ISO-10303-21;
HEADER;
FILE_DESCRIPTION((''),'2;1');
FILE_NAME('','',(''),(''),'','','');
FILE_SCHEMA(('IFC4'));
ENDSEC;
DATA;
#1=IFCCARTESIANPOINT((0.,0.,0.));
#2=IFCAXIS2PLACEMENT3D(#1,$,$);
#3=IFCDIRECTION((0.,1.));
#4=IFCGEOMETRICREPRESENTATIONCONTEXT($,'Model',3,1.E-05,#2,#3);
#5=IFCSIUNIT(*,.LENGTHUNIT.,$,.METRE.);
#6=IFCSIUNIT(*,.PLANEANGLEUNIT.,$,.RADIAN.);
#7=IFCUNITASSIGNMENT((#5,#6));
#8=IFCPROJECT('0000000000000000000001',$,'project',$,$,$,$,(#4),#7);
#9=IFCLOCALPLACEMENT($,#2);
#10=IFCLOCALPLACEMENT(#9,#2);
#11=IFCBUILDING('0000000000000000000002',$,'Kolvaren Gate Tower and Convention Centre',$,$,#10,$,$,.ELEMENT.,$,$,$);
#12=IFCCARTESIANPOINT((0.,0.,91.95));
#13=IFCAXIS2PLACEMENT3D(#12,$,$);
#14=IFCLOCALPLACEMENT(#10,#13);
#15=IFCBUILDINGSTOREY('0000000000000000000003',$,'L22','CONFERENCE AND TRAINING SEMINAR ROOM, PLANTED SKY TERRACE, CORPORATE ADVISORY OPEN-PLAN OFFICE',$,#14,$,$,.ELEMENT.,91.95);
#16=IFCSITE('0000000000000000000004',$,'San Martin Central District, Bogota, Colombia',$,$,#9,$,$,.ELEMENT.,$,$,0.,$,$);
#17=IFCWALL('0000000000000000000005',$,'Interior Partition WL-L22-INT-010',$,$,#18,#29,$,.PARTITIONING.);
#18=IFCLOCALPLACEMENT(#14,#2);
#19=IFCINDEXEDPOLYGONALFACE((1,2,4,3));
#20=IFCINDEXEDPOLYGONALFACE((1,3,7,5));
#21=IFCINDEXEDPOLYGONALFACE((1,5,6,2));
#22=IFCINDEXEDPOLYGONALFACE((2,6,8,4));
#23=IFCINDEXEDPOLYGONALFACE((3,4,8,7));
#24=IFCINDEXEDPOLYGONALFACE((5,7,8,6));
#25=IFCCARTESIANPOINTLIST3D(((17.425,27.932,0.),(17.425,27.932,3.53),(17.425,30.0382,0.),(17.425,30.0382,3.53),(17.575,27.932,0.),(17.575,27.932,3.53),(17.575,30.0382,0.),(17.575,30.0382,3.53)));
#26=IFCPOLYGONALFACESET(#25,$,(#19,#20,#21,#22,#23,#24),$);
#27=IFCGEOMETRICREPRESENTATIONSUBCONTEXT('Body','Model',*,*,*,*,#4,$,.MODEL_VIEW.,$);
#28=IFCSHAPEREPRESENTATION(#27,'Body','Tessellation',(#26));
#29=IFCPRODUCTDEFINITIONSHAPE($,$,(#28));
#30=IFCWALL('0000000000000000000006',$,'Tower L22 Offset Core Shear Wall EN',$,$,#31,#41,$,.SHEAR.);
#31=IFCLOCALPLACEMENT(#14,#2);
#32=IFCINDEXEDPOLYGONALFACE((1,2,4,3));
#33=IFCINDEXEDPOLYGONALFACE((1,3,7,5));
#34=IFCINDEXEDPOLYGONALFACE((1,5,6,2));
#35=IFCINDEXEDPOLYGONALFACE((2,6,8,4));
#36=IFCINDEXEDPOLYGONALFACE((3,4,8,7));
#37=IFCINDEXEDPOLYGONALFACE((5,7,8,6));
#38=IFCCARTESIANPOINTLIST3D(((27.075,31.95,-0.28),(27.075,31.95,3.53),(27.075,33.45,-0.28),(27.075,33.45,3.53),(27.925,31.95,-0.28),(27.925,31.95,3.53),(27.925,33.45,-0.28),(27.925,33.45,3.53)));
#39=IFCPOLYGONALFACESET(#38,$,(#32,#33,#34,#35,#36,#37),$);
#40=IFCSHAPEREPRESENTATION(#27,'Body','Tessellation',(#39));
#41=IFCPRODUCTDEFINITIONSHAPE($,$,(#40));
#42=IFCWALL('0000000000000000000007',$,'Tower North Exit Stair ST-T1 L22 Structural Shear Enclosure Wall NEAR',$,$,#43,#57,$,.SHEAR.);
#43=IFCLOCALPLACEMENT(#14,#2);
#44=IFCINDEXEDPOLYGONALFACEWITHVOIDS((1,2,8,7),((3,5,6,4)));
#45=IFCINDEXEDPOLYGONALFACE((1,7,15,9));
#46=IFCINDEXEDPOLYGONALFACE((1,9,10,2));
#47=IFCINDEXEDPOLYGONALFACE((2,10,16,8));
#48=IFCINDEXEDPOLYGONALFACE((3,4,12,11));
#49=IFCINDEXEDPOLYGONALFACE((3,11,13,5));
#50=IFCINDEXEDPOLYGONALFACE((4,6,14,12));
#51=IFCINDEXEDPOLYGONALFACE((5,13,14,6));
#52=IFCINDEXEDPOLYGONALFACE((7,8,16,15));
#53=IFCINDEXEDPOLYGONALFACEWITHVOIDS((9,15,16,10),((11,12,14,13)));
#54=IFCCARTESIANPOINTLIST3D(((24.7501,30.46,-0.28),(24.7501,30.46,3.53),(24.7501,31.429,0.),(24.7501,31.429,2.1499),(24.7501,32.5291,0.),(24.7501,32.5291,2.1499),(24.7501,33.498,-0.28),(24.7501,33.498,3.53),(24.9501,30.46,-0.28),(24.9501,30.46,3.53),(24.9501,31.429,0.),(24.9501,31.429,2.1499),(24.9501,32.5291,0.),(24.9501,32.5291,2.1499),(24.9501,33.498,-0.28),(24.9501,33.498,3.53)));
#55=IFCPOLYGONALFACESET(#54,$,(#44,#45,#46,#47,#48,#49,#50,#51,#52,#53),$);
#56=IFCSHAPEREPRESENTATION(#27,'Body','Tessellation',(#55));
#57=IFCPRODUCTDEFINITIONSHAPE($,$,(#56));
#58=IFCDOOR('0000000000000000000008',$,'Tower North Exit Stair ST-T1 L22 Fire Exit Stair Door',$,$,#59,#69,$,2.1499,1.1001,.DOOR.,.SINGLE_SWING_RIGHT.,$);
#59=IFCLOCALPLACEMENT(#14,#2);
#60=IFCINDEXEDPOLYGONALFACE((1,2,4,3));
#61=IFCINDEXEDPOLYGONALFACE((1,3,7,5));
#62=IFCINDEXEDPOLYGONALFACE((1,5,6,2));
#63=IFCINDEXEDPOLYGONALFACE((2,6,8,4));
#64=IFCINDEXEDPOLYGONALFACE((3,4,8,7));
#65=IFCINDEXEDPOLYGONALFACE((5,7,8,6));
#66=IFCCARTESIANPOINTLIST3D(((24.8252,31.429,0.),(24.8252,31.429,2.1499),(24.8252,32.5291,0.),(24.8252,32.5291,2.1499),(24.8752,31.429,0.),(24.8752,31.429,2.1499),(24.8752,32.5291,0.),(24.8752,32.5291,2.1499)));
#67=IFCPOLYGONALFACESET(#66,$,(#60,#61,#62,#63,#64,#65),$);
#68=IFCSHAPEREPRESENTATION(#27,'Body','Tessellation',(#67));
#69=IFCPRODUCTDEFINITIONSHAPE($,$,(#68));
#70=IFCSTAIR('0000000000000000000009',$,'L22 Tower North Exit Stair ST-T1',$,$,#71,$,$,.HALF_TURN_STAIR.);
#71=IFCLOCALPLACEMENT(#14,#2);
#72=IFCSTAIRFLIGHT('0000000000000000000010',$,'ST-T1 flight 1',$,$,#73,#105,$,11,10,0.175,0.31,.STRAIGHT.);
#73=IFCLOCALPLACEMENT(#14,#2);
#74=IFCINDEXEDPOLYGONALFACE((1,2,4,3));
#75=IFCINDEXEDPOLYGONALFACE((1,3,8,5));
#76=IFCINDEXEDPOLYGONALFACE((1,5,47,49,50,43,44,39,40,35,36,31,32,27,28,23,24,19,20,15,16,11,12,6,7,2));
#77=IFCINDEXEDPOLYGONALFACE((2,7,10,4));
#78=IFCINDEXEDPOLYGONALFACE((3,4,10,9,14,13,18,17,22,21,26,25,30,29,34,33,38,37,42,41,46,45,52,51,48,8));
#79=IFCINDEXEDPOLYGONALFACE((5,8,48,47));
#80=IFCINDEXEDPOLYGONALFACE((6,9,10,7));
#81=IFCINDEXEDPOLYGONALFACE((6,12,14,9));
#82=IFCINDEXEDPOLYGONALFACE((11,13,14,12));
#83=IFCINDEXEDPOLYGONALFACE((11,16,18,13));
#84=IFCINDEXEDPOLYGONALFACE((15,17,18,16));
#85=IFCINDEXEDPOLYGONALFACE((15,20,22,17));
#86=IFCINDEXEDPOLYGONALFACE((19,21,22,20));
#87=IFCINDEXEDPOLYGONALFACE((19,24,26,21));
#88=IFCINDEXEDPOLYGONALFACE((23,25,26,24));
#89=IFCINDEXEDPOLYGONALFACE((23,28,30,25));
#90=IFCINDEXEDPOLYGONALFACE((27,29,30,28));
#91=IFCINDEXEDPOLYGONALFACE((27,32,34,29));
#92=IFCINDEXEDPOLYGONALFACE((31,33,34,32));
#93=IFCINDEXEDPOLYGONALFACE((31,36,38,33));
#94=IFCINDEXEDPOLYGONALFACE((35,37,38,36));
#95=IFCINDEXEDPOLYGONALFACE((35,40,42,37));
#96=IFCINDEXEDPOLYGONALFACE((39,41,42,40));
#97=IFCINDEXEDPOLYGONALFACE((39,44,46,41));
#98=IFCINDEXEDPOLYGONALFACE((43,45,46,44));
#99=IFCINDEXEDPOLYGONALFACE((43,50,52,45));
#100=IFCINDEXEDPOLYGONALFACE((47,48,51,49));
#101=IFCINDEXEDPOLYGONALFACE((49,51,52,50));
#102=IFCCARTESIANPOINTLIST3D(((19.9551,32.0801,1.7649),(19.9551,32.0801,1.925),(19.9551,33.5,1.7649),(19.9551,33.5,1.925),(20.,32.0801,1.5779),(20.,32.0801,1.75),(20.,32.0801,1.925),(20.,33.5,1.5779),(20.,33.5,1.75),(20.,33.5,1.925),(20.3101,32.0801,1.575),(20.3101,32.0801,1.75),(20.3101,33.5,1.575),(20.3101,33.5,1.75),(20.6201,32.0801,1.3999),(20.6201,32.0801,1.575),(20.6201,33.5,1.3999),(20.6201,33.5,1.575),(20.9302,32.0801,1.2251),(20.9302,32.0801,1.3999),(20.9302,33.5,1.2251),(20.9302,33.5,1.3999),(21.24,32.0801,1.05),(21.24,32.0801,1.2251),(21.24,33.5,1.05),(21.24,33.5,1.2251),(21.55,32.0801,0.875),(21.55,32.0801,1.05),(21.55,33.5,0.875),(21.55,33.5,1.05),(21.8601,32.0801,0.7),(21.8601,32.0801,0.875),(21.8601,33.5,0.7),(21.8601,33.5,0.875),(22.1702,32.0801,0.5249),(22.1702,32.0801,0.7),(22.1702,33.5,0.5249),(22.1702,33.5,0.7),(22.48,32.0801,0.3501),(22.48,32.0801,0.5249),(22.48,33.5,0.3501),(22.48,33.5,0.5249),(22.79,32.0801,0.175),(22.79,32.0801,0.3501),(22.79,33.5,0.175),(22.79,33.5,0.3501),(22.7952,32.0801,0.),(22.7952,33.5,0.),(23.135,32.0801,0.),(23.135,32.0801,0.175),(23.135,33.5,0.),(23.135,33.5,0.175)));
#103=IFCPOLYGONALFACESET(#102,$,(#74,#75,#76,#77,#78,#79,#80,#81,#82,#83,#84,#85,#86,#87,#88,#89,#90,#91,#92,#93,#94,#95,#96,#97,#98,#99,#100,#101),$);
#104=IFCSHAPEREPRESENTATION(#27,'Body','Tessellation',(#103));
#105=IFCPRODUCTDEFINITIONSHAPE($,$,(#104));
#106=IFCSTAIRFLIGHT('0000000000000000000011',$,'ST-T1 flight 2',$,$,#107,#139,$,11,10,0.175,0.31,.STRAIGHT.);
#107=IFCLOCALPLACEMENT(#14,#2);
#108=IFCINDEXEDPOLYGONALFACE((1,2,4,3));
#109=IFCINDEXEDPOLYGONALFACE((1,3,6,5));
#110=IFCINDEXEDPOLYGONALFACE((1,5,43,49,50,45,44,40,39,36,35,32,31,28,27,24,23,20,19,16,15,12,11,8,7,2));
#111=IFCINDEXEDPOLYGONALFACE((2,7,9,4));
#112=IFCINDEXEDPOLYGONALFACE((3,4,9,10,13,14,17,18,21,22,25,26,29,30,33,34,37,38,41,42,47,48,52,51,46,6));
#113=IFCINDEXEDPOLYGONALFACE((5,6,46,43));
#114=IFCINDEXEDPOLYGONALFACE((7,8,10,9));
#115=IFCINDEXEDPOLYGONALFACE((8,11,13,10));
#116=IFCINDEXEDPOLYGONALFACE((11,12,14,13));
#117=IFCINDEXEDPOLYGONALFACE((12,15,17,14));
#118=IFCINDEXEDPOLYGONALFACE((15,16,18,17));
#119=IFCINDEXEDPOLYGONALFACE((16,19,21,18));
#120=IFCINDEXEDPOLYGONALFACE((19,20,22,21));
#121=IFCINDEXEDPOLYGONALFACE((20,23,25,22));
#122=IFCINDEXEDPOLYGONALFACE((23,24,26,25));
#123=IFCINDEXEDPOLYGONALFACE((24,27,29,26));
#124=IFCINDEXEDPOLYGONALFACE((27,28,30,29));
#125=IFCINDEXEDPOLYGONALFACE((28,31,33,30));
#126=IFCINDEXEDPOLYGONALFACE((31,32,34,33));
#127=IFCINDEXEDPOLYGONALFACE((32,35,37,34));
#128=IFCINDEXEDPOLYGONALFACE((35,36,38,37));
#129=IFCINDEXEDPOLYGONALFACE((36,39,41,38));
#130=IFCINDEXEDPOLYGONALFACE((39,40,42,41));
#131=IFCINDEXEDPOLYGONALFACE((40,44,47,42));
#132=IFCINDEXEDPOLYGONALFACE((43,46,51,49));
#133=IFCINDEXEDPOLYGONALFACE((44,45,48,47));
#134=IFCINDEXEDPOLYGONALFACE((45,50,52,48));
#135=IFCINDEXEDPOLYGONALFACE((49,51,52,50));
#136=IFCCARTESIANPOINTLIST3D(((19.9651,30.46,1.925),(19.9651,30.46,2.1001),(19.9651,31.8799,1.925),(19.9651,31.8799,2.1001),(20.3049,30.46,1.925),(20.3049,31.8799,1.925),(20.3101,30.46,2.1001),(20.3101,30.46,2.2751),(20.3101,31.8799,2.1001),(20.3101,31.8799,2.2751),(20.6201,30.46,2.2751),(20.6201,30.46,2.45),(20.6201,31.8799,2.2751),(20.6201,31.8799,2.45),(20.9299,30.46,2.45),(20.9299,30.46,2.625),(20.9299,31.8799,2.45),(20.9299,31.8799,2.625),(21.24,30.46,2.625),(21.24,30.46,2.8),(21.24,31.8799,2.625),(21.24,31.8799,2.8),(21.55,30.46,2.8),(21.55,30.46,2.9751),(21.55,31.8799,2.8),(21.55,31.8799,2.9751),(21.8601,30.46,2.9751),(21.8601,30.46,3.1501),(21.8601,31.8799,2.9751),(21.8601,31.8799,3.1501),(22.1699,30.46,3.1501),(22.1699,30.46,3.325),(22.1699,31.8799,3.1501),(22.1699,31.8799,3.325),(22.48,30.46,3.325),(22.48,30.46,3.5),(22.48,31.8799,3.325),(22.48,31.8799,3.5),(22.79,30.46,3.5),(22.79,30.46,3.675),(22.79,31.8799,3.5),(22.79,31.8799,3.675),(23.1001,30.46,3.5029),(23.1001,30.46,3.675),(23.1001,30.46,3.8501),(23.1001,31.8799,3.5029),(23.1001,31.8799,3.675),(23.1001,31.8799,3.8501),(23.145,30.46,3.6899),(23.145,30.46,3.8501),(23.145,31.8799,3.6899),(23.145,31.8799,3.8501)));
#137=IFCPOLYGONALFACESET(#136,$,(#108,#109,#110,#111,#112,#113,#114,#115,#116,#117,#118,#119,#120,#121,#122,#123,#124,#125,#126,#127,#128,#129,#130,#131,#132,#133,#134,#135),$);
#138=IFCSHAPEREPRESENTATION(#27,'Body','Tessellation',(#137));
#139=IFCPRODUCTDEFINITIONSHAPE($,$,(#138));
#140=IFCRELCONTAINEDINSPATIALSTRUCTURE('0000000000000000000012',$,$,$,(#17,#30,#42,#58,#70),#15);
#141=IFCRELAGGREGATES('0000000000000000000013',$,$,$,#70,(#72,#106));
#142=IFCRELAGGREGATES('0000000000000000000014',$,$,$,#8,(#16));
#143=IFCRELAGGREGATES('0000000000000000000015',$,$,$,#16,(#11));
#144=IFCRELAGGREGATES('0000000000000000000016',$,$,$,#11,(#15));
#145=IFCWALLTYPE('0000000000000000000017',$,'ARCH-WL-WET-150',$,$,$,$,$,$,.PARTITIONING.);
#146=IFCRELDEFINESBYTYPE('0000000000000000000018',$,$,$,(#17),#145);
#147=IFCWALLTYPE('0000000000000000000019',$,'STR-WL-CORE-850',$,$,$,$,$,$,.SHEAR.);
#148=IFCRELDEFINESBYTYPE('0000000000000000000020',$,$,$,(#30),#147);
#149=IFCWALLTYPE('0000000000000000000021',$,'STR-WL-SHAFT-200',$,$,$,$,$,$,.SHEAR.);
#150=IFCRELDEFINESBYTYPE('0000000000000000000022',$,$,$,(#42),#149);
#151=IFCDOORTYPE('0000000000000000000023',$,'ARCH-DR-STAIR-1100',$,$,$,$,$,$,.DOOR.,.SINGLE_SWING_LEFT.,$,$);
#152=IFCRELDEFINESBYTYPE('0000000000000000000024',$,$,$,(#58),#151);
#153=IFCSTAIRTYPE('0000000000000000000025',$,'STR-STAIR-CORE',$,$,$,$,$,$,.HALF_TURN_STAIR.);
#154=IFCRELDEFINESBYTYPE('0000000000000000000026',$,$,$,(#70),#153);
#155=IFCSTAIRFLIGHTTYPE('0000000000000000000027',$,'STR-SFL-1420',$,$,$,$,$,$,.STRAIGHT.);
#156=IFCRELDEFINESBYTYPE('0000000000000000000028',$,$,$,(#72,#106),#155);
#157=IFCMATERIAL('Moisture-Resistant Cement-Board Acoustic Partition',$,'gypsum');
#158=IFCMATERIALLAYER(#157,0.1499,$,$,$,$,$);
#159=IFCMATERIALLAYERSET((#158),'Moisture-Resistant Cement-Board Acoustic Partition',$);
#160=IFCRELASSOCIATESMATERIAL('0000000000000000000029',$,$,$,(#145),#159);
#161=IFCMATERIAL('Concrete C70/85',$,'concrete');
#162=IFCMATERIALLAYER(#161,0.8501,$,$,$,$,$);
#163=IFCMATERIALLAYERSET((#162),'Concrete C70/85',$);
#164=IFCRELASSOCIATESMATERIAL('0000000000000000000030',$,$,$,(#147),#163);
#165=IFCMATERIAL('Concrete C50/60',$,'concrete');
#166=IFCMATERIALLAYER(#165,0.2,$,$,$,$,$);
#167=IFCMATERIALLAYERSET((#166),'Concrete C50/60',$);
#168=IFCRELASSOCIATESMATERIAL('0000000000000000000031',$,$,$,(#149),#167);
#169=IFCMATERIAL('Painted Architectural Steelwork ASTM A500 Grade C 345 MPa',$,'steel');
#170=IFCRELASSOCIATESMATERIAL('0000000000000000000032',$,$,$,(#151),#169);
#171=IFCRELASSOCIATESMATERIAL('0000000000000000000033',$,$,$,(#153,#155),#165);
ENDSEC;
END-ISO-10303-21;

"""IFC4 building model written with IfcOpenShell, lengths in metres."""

from ifc_helpers import new_model, si_unit, direction, frame, frame_2d, origin, place, context, subcontext, project, spatial, polyline, rectangle, outline, extrude, material, layer, layer_set, type_object, element, fill, aggregate, save


model = new_model("IFC4")

# Units and contexts
model_context = context("Model", 3, precision=1e-05, world=origin(), true_north=direction((0.0, 1.0)))
body_context = subcontext(model_context, "Body", "Model", "MODEL_VIEW")
ifc_project = project(units=[si_unit("LENGTHUNIT", "METRE"), si_unit("PLANEANGLEUNIT", "RADIAN")], contexts=[model_context])

# Site, building, storey
site_placement = place(None, origin())
site = spatial("IfcSite", under=ifc_project, at=site_placement, Name="San Martin Central District, Bogota, Colombia", CompositionType="ELEMENT", RefElevation=0.0)
building_placement = place(site_placement, origin())
building = spatial("IfcBuilding", under=site, at=building_placement, Name="Kolvaren Gate Tower and Convention Centre", CompositionType="ELEMENT")
storey_placement = place(building_placement, frame((0.0, 0.0, 91.95)))
storey = spatial("IfcBuildingStorey", under=building, at=storey_placement, Name="L22", Description="CONFERENCE AND TRAINING SEMINAR ROOM, PLANTED SKY TERRACE, CORPORATE ADVISORY OPEN-PLAN OFFICE", CompositionType="ELEMENT", Elevation=91.95)

# Shared definitions
ifc_material_1 = material(Name="Painted Architectural Steelwork ASTM A500 Grade C 345 MPa", Category="steel")

# Walls
ifc_material_2 = material(Name="Moisture-Resistant Cement-Board Acoustic Partition", Category="gypsum")
ifc_layer_1 = layer(ifc_material_2, 0.1499)
ifc_layer_set_1 = layer_set([ifc_layer_1], Name="Moisture-Resistant Cement-Board Acoustic Partition")
wall_type_1 = type_object("IfcWallType", Name="ARCH-WL-WET-150", PredefinedType="PARTITIONING", material=ifc_layer_set_1)
wall_1_placement = place(storey_placement, frame((17.5, 27.9319, 0.0), z_axis=(0.0, 0.0, 1.0), x_axis=(0.0, 1.0, 0.0)))
element("IfcWall", 1, at=wall_1_placement, inside=storey, type_object=wall_type_1, Name="Interior Partition WL-L22-INT-010", PredefinedType="PARTITIONING", context=body_context, shape_type="SweptSolid", body=[
    extrude(rectangle(XDim=2.1062, YDim=0.1499, at=frame_2d((1.0532, 0.0))), origin(), (0.0, 0.0, 1.0), 3.53),
])
ifc_material_3 = material(Name="Concrete C70/85", Category="concrete")
ifc_layer_2 = layer(ifc_material_3, 0.8501)
ifc_layer_set_2 = layer_set([ifc_layer_2], Name="Concrete C70/85")
wall_type_2 = type_object("IfcWallType", Name="STR-WL-CORE-850", PredefinedType="SHEAR", material=ifc_layer_set_2)
wall_2_placement = place(storey_placement, frame((27.5, 31.95, -0.28), z_axis=(0.0, 0.0, 1.0), x_axis=(0.0, 1.0, 0.0)))
element("IfcWall", 2, at=wall_2_placement, inside=storey, type_object=wall_type_2, Name="Tower L22 Offset Core Shear Wall EN", PredefinedType="SHEAR", context=body_context, shape_type="SweptSolid", body=[
    extrude(rectangle(XDim=1.5, YDim=0.8501, at=frame_2d((0.75, 0.0))), origin(), (0.0, 0.0, 1.0), 3.8101),
])

# Wall, opening, door
ifc_material_4 = material(Name="Concrete C50/60", Category="concrete")
ifc_layer_3 = layer(ifc_material_4, 0.2)
ifc_layer_set_3 = layer_set([ifc_layer_3], Name="Concrete C50/60")
wall_type_3 = type_object("IfcWallType", Name="STR-WL-SHAFT-200", PredefinedType="SHEAR", material=ifc_layer_set_3)
wall_3_placement = place(storey_placement, frame((24.8501, 30.46, -0.28), z_axis=(0.0, 0.0, 1.0), x_axis=(0.0, 1.0, 0.0)))
wall_3 = element("IfcWall", 3, at=wall_3_placement, inside=storey, type_object=wall_type_3, Name="Tower North Exit Stair ST-T1 L22 Structural Shear Enclosure Wall NEAR", PredefinedType="SHEAR", context=body_context, shape_type="SweptSolid", body=[
    extrude(rectangle(XDim=3.0381, YDim=0.2, at=frame_2d((1.519, 0.0))), origin(), (0.0, 0.0, 1.0), 3.8101),
])
opening_1_placement = place(wall_3_placement, frame((0.969, 0.0, 0.28)))
opening_1 = element("IfcOpeningElement", 4, at=opening_1_placement, cuts=wall_3, PredefinedType="OPENING", context=body_context, shape_type="SweptSolid", body=[
    extrude(rectangle(XDim=1.1001, YDim=2.1499, at=frame_2d((0.55, 1.075))), frame((0.0, 0.1099, 0.0), z_axis=(0.0, -1.0, 0.0), x_axis=(1.0, 0.0, 0.0)), (0.0, 0.0, 1.0), 0.22),
])
door_type_1 = type_object("IfcDoorType", Name="ARCH-DR-STAIR-1100", OperationType="SINGLE_SWING_LEFT", PredefinedType="DOOR", material=ifc_material_1)
door_1_placement = place(opening_1_placement, origin())
door_1 = element("IfcDoor", 5, at=door_1_placement, inside=storey, type_object=door_type_1, Name="Tower North Exit Stair ST-T1 L22 Fire Exit Stair Door", OperationType="SINGLE_SWING_RIGHT", OverallHeight=2.1499, OverallWidth=1.1001, PredefinedType="DOOR", context=body_context, shape_type="SweptSolid", body=[
    extrude(rectangle(XDim=1.1001, YDim=2.1499, at=frame_2d((0.55, 1.075))), frame((0.0, 0.0249, 0.0), z_axis=(0.0, -1.0, 0.0), x_axis=(1.0, 0.0, 0.0)), (0.0, 0.0, 1.0), 0.05),
])
fill(opening_1, door_1)

# Stair, stair flights
stair_type = type_object("IfcStairType", Name="STR-STAIR-CORE", PredefinedType="HALF_TURN_STAIR", material=ifc_material_4)
stair_placement = place(storey_placement, origin())
stair = element("IfcStair", 6, at=stair_placement, inside=storey, type_object=stair_type, Name="L22 Tower North Exit Stair ST-T1", PredefinedType="HALF_TURN_STAIR")
stair_flight_type = type_object("IfcStairFlightType", Name="STR-SFL-1420", PredefinedType="STRAIGHT", material=ifc_material_4)
stair_flight_1_placement = place(storey_placement, frame((23.1001, 32.79, 0.0), z_axis=(0.0, 0.0, 1.0), x_axis=(-1.0, 0.0, 0.0)))
stair_flight_1 = element("IfcStairFlight", 7, at=stair_flight_1_placement, type_object=stair_flight_type, Name="ST-T1 flight 1", NumberOfRisers=11, NumberOfTreads=10, PredefinedType="STRAIGHT", RiserHeight=0.175, TreadLength=0.31, context=body_context, shape_type="SweptSolid", body=[
    extrude(outline(polyline([(-0.0349, 0.0), (-0.0349, 0.175), (0.3101, 0.175), (0.3101, 0.3501), (0.6201, 0.3501), (0.6201, 0.5249), (0.9299, 0.5249), (0.9299, 0.7), (1.24, 0.7), (1.24, 0.875), (1.55, 0.875), (1.55, 1.05), (1.8601, 1.05), (1.8601, 1.2251), (2.1699, 1.2251), (2.1699, 1.3999), (2.48, 1.3999), (2.48, 1.575), (2.79, 1.575), (2.79, 1.75), (3.1001, 1.75), (3.1001, 1.925), (3.145, 1.925), (3.145, 1.7649), (3.1001, 1.5779), (0.3049, 0.0), (-0.0349, 0.0)])), frame((0.0, 0.71, 0.0), z_axis=(0.0, -1.0, 0.0), x_axis=(1.0, 0.0, 0.0)), (0.0, 0.0, 1.0), 1.4199),
])
stair_flight_2_placement = place(storey_placement, frame((20.0, 31.1699, 1.925), z_axis=(0.0, 0.0, 1.0), x_axis=(1.0, 0.0, 0.0)))
stair_flight_2 = element("IfcStairFlight", 8, at=stair_flight_2_placement, type_object=stair_flight_type, Name="ST-T1 flight 2", NumberOfRisers=11, NumberOfTreads=10, PredefinedType="STRAIGHT", RiserHeight=0.175, TreadLength=0.31, context=body_context, shape_type="SweptSolid", body=[
    extrude(outline(polyline([(-0.0349, 0.0), (-0.0349, 0.175), (0.3101, 0.175), (0.3101, 0.3501), (0.6201, 0.3501), (0.6201, 0.5249), (0.9299, 0.5249), (0.9299, 0.7), (1.24, 0.7), (1.24, 0.875), (1.55, 0.875), (1.55, 1.05), (1.8601, 1.05), (1.8601, 1.2251), (2.1699, 1.2251), (2.1699, 1.3999), (2.48, 1.3999), (2.48, 1.575), (2.79, 1.575), (2.79, 1.75), (3.1001, 1.75), (3.1001, 1.925), (3.145, 1.925), (3.145, 1.7649), (3.1001, 1.5779), (0.3049, 0.0), (-0.0349, 0.0)])), frame((0.0, 0.71, 0.0), z_axis=(0.0, -1.0, 0.0), x_axis=(1.0, 0.0, 0.0)), (0.0, 0.0, 1.0), 1.4199),
])
aggregate(stair, [stair_flight_1, stair_flight_2])

save(model, "model.ifc")
